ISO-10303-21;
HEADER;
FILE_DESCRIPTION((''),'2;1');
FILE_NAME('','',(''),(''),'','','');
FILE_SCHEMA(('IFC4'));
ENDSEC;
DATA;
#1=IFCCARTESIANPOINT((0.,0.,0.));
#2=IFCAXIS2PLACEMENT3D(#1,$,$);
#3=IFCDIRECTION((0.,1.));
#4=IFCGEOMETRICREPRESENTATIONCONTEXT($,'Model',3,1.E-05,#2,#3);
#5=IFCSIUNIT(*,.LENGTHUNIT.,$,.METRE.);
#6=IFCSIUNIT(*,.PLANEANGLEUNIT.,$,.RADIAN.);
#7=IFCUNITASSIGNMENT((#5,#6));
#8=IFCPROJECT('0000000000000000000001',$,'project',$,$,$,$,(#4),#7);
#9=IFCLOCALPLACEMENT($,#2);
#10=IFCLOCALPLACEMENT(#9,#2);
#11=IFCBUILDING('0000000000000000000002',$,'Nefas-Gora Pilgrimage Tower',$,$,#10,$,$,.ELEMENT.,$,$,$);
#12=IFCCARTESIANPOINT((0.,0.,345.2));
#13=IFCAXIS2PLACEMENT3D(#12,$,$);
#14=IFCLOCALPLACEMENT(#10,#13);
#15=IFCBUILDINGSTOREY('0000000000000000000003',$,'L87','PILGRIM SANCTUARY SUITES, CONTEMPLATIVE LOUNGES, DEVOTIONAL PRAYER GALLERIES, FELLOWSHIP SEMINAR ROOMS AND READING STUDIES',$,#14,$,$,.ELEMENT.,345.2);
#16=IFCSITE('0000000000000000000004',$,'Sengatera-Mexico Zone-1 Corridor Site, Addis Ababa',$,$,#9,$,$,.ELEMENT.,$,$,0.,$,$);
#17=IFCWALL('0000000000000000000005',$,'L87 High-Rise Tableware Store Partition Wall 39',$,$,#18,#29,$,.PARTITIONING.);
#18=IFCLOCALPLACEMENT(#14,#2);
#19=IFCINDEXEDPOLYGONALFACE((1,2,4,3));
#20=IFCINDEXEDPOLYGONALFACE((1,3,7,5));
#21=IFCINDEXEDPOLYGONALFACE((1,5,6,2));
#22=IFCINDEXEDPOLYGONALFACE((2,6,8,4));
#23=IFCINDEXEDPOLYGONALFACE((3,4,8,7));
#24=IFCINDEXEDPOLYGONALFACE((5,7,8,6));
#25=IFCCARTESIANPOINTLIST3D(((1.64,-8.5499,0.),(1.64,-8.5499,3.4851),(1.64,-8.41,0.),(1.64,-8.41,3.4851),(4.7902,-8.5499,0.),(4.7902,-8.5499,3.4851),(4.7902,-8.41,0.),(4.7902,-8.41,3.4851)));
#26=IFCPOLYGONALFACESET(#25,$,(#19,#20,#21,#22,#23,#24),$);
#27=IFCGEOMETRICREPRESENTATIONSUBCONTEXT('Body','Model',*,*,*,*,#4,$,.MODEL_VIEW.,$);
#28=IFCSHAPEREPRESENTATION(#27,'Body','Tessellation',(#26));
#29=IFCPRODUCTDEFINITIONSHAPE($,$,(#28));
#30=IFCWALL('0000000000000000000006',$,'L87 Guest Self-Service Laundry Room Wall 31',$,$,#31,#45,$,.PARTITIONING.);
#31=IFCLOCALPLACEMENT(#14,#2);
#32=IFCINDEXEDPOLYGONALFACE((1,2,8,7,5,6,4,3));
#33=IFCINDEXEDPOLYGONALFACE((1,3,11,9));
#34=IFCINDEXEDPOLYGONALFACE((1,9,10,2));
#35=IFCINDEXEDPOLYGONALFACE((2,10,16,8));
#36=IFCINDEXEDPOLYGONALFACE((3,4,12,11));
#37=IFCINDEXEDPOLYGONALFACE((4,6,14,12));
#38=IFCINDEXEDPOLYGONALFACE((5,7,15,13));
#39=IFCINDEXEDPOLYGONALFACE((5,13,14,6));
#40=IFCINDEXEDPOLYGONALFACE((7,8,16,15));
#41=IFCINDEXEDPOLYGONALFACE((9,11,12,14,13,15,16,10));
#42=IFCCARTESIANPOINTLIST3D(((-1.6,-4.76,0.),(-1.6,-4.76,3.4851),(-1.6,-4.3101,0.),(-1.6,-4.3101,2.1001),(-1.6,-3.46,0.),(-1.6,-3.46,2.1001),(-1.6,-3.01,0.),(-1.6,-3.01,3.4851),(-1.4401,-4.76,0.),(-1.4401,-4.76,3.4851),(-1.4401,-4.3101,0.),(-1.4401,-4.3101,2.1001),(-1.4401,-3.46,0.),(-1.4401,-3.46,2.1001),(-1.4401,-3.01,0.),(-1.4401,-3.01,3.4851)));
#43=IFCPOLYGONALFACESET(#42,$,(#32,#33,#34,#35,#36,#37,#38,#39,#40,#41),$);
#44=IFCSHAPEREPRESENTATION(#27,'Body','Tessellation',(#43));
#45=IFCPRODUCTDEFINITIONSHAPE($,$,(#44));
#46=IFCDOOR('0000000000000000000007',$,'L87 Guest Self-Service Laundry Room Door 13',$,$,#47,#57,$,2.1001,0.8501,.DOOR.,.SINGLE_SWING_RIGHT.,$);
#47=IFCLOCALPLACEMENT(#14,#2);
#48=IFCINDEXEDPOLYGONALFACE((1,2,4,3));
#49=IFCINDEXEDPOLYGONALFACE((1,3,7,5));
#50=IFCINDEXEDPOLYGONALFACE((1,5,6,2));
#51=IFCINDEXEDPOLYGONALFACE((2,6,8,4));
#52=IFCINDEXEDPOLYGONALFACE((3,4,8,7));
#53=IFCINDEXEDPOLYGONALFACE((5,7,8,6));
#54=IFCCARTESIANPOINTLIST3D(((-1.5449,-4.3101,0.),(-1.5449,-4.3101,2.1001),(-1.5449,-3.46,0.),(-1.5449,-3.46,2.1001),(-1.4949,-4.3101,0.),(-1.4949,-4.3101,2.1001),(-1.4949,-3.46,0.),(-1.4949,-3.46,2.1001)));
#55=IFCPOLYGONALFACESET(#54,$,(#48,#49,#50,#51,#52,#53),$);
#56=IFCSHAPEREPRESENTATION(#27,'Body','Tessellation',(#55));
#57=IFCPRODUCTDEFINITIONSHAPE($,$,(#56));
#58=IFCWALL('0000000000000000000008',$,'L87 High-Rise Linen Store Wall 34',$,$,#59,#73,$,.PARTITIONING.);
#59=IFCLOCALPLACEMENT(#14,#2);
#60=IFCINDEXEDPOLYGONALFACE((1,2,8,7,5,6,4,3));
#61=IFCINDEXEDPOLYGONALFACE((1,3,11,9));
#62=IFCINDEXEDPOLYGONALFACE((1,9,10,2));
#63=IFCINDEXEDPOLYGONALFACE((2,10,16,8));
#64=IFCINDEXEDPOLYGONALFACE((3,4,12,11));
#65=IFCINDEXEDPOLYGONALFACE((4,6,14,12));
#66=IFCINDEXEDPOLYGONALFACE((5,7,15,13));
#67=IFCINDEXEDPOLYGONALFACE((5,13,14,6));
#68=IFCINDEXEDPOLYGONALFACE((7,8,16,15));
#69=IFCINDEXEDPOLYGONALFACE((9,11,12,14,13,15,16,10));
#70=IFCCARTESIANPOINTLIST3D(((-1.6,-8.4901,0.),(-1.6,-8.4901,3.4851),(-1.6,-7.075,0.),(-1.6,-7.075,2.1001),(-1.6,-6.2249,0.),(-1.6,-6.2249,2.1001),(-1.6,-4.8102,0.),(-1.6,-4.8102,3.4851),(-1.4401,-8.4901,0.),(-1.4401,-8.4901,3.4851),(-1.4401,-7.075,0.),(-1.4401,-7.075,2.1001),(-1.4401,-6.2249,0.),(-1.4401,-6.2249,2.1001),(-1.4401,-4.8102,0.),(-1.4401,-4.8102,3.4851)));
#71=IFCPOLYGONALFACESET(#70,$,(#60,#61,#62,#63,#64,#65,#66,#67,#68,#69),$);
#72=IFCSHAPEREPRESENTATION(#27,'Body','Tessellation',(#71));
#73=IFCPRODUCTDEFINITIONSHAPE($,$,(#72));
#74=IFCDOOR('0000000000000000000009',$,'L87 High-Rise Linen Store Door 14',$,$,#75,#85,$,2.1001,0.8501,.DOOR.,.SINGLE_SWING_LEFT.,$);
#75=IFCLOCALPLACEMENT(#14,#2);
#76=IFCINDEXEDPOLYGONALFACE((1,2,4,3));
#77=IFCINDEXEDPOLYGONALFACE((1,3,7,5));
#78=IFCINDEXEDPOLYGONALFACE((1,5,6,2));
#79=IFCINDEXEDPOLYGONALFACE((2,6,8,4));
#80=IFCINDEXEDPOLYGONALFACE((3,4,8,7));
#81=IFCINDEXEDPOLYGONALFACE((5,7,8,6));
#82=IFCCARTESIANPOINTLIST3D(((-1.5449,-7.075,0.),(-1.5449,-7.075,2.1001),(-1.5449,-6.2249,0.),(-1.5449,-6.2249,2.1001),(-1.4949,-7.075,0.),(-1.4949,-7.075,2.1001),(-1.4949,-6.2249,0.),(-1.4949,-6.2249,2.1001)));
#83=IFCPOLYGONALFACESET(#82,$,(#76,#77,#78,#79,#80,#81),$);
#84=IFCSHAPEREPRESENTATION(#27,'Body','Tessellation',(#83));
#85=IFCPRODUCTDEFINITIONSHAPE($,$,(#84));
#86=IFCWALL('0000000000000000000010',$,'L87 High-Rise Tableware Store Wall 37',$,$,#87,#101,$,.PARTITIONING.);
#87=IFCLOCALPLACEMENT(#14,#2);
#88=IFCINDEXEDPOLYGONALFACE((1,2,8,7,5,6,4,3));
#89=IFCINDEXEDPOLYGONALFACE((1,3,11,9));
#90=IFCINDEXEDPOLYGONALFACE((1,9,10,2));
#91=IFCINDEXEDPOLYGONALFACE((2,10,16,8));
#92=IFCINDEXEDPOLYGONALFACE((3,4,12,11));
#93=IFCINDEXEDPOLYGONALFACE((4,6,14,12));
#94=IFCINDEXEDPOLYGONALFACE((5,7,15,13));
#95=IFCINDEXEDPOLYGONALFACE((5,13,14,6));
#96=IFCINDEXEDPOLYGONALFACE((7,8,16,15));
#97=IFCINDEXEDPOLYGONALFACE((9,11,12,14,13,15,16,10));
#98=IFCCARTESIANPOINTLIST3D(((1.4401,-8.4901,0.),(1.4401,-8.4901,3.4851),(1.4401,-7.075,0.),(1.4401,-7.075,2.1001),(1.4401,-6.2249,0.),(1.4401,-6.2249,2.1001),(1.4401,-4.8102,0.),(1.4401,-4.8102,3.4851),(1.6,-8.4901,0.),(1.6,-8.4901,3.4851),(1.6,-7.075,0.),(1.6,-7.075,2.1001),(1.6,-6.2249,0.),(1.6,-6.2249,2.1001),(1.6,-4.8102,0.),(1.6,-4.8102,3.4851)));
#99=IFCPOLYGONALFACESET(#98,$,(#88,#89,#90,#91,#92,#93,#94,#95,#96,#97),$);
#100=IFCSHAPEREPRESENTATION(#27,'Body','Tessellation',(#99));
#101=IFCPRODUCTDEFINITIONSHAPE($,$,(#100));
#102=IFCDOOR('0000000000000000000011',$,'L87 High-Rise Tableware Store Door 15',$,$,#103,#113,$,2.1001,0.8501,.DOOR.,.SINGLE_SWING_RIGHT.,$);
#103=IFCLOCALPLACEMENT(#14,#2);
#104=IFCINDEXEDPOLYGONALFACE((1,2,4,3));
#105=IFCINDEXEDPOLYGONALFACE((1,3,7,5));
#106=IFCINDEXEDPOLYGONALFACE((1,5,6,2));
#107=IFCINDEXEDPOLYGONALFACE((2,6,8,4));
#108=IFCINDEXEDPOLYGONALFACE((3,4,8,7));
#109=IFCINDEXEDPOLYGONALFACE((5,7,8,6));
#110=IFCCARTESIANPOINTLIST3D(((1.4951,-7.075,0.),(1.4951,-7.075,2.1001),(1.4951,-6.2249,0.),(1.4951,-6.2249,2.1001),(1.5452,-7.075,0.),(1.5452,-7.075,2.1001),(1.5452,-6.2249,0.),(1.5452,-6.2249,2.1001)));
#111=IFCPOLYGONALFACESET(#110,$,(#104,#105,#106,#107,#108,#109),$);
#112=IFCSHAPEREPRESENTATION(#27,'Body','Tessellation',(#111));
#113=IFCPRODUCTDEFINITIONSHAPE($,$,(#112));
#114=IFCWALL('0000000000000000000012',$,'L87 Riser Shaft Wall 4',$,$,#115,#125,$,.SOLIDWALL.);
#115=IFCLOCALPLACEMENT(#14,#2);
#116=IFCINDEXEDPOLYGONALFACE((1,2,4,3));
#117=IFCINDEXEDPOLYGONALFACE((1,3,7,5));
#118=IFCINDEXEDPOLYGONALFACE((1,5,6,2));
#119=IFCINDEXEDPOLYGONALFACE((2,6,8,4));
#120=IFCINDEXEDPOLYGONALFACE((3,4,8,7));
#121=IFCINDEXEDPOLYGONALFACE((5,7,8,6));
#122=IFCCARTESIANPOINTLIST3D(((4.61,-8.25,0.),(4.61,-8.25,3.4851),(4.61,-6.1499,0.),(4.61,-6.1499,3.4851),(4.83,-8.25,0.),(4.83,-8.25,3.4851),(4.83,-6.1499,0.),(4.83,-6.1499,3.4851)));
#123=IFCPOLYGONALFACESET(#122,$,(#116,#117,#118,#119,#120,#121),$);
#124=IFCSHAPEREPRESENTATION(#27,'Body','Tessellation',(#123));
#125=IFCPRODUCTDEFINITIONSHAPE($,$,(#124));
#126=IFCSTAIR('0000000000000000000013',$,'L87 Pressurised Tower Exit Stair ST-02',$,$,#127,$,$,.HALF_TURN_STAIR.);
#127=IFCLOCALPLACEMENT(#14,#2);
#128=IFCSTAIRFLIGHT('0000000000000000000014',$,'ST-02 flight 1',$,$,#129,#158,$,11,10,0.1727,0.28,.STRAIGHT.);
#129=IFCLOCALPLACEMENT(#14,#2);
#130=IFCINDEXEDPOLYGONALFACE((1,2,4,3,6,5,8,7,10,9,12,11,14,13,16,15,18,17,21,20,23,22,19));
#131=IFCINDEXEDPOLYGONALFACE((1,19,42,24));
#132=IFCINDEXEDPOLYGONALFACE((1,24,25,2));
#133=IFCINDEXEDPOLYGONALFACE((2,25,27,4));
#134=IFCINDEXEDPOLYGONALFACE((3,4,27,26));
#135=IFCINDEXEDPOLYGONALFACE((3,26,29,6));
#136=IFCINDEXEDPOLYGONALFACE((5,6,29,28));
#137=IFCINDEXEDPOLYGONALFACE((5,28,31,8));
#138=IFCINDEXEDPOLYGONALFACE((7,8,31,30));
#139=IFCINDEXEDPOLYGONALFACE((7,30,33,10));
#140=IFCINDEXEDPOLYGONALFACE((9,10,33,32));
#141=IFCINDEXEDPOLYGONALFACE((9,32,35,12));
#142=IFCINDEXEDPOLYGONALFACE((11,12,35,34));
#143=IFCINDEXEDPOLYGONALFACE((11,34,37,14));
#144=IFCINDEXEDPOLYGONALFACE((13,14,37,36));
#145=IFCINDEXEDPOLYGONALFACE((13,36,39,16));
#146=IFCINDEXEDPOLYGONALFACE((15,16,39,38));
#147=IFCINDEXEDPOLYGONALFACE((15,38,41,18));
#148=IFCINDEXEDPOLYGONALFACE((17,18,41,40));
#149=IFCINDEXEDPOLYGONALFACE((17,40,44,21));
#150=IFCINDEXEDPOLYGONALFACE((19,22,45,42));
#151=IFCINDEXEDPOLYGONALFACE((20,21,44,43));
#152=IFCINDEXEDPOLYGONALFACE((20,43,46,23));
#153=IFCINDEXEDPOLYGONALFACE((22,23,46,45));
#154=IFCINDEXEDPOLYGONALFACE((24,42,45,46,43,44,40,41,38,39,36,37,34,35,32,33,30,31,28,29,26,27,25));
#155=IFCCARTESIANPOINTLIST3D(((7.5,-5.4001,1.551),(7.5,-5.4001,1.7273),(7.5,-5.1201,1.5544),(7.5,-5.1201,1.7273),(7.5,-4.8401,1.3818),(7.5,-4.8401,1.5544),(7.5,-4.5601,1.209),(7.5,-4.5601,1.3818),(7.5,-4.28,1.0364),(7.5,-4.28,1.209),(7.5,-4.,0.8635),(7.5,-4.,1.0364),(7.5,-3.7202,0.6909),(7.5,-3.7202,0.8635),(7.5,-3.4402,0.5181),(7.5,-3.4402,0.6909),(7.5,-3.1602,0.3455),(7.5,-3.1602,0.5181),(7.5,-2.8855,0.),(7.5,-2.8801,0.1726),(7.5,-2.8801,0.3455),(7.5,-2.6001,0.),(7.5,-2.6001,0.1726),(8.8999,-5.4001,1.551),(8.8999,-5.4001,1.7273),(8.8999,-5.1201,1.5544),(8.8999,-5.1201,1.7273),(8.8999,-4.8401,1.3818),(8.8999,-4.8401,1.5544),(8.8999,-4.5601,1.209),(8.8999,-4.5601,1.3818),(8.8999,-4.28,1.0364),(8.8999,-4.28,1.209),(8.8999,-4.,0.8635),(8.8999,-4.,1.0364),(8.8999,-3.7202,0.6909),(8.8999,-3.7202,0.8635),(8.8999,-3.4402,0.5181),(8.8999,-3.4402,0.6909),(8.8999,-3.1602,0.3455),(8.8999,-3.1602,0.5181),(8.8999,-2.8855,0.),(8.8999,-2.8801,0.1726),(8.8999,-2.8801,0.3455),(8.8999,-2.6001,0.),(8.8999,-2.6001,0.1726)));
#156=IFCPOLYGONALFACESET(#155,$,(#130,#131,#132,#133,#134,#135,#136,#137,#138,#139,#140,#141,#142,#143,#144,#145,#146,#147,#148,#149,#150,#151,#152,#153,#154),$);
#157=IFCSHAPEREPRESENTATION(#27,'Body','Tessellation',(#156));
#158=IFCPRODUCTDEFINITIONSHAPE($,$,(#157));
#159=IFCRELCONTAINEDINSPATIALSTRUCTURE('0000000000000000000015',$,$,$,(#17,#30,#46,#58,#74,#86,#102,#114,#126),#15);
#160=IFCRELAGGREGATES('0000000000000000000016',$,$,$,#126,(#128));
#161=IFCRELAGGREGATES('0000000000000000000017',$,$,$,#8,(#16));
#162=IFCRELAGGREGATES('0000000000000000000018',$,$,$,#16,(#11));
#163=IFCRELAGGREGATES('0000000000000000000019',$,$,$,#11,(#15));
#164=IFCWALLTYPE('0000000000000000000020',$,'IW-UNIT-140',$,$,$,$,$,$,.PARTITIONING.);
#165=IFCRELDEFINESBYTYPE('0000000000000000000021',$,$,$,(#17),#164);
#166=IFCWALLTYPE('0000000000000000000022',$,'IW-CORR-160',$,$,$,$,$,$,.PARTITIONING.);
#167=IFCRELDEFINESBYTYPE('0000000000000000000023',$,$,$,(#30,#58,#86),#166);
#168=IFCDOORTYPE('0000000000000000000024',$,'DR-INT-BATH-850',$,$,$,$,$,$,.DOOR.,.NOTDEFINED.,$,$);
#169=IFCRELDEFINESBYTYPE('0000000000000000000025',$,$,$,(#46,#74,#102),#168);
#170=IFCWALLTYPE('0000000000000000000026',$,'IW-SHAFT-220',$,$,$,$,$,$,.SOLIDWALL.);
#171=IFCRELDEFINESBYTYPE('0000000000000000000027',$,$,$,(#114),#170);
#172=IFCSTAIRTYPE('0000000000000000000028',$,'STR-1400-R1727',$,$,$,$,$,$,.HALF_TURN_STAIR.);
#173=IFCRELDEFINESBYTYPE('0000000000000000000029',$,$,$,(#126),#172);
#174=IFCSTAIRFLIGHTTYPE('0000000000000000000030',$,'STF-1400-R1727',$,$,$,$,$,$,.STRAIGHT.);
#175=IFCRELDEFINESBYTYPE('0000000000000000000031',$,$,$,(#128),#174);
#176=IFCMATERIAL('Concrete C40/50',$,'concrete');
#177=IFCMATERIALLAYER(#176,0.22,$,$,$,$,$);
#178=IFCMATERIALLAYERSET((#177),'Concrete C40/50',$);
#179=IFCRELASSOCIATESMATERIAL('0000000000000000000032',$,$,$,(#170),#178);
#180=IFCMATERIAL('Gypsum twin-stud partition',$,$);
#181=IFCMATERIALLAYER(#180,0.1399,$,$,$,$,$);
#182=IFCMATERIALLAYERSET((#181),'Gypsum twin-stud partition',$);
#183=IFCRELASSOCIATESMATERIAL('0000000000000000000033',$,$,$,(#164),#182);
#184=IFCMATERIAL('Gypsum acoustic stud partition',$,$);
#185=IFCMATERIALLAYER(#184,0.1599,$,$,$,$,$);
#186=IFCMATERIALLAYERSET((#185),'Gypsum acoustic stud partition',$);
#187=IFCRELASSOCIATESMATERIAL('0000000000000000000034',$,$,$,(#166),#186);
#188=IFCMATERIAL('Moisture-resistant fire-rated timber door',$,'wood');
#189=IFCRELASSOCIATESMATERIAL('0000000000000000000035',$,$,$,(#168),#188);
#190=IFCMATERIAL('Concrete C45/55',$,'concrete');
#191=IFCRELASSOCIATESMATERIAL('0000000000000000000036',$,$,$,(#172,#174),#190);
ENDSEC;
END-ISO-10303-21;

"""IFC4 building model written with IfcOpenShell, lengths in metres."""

from ifc_helpers import new_model, si_unit, direction, frame, frame_2d, origin, place, context, subcontext, project, spatial, polyline, rectangle, outline, extrude, source, transform, mapped, material, layer, layer_set, type_object, element, fill, aggregate, save


model = new_model("IFC4")

# Units and contexts
model_context = context("Model", 3, precision=1e-05, world=origin(), true_north=direction((0.0, 1.0)))
body_context = subcontext(model_context, "Body", "Model", "MODEL_VIEW")
ifc_project = project(units=[si_unit("LENGTHUNIT", "METRE"), si_unit("PLANEANGLEUNIT", "RADIAN")], contexts=[model_context])

# Site, building, storey
site_placement = place(None, origin())
site = spatial("IfcSite", under=ifc_project, at=site_placement, Name="Sengatera-Mexico Zone-1 Corridor Site, Addis Ababa", CompositionType="ELEMENT", RefElevation=0.0)
building_placement = place(site_placement, origin())
building = spatial("IfcBuilding", under=site, at=building_placement, Name="Nefas-Gora Pilgrimage Tower", CompositionType="ELEMENT")
storey_placement = place(building_placement, frame((0.0, 0.0, 345.2)))
storey = spatial("IfcBuildingStorey", under=building, at=storey_placement, Name="L87", Description="PILGRIM SANCTUARY SUITES, CONTEMPLATIVE LOUNGES, DEVOTIONAL PRAYER GALLERIES, FELLOWSHIP SEMINAR ROOMS AND READING STUDIES", CompositionType="ELEMENT", Elevation=345.2)

# Shared definitions
ifc_material_1 = material(Name="Concrete C45/55", Category="concrete")

# Shared definitions
ifc_material_2 = material(Name="Concrete C40/50", Category="concrete")
ifc_layer_1 = layer(ifc_material_2, 0.22)
ifc_layer_set_1 = layer_set([ifc_layer_1], Name="Concrete C40/50")
wall_type_1 = type_object("IfcWallType", Name="IW-SHAFT-220", PredefinedType="SOLIDWALL", material=ifc_layer_set_1)

# Wall
ifc_material_3 = material(Name="Gypsum twin-stud partition")
ifc_layer_2 = layer(ifc_material_3, 0.1399)
ifc_layer_set_2 = layer_set([ifc_layer_2], Name="Gypsum twin-stud partition")
wall_type_2 = type_object("IfcWallType", Name="IW-UNIT-140", PredefinedType="PARTITIONING", material=ifc_layer_set_2)
shared_shape_1 = source(origin(), body_context, "Body", "SweptSolid", [
    extrude(rectangle(XDim=3.1501, YDim=0.1399, at=frame_2d((1.5752, 0.0))), origin(), (0.0, 0.0, 1.0), 3.4851),
])
wall_1_placement = place(storey_placement, frame((1.6399, -8.48, 0.0), z_axis=(0.0, 0.0, 1.0), x_axis=(1.0, 0.0, 0.0)))
element("IfcWall", 1, at=wall_1_placement, inside=storey, type_object=wall_type_2, Name="L87 High-Rise Tableware Store Partition Wall 39", PredefinedType="PARTITIONING", context=body_context, shape_type="MappedRepresentation", body=[
    mapped(shared_shape_1, transform((0.0, 0.0, 0.0), x_axis=(1.0, 0.0, 0.0), y_axis=(0.0, 1.0, 0.0), z_axis=(0.0, 0.0, 1.0), scale=1.0)),
])

# Walls, openings, doors
ifc_material_4 = material(Name="Gypsum acoustic stud partition")
ifc_layer_3 = layer(ifc_material_4, 0.1599)
ifc_layer_set_3 = layer_set([ifc_layer_3], Name="Gypsum acoustic stud partition")
wall_type_3 = type_object("IfcWallType", Name="IW-CORR-160", PredefinedType="PARTITIONING", material=ifc_layer_set_3)
shared_shape_2 = source(origin(), body_context, "Body", "SweptSolid", [
    extrude(rectangle(XDim=1.75, YDim=0.1599, at=frame_2d((0.875, 0.0))), origin(), (0.0, 0.0, 1.0), 3.4851),
])
wall_2_placement = place(storey_placement, frame((-1.52, -4.76, 0.0), z_axis=(0.0, 0.0, 1.0), x_axis=(0.0, 1.0, 0.0)))
wall_2 = element("IfcWall", 2, at=wall_2_placement, inside=storey, type_object=wall_type_3, Name="L87 Guest Self-Service Laundry Room Wall 31", PredefinedType="PARTITIONING", context=body_context, shape_type="MappedRepresentation", body=[
    mapped(shared_shape_2, transform((0.0, 0.0, 0.0), x_axis=(1.0, 0.0, 0.0), y_axis=(0.0, 1.0, 0.0), z_axis=(0.0, 0.0, 1.0), scale=1.0)),
])
opening_1_placement = place(wall_2_placement, frame((0.45, 0.0, 0.0)))
opening_1 = element("IfcOpeningElement", 3, at=opening_1_placement, cuts=wall_2, PredefinedType="OPENING", context=body_context, shape_type="SweptSolid", body=[
    extrude(rectangle(XDim=0.8501, YDim=2.1001, at=frame_2d((0.425, 1.05))), frame((0.0, 0.0898, 0.0), z_axis=(0.0, -1.0, 0.0), x_axis=(1.0, 0.0, 0.0)), (0.0, 0.0, 1.0), 0.1799),
])
ifc_material_5 = material(Name="Moisture-resistant fire-rated timber door", Category="wood")
door_type_1 = type_object("IfcDoorType", Name="DR-INT-BATH-850", OperationType="NOTDEFINED", PredefinedType="DOOR", material=ifc_material_5)
shared_shape_3 = source(origin(), body_context, "Body", "SweptSolid", [
    extrude(rectangle(XDim=0.8501, YDim=2.1001, at=frame_2d((0.425, 1.05))), frame((0.0, 0.0249, 0.0), z_axis=(0.0, -1.0, 0.0), x_axis=(1.0, 0.0, 0.0)), (0.0, 0.0, 1.0), 0.05),
])
door_1_placement = place(opening_1_placement, origin())
door_1 = element("IfcDoor", 4, at=door_1_placement, inside=storey, type_object=door_type_1, Name="L87 Guest Self-Service Laundry Room Door 13", OperationType="SINGLE_SWING_RIGHT", OverallHeight=2.1001, OverallWidth=0.8501, PredefinedType="DOOR", context=body_context, shape_type="MappedRepresentation", body=[
    mapped(shared_shape_3, transform((0.0, 0.0, 0.0), x_axis=(1.0, 0.0, 0.0), y_axis=(0.0, 1.0, 0.0), z_axis=(0.0, 0.0, 1.0), scale=1.0)),
])
fill(opening_1, door_1)
shared_shape_4 = source(origin(), body_context, "Body", "SweptSolid", [
    extrude(rectangle(XDim=3.6799, YDim=0.1599, at=frame_2d((1.8398, 0.0))), origin(), (0.0, 0.0, 1.0), 3.4851),
])
wall_3_placement = place(storey_placement, frame((-1.52, -8.49, 0.0), z_axis=(0.0, 0.0, 1.0), x_axis=(0.0, 1.0, 0.0)))
wall_3 = element("IfcWall", 5, at=wall_3_placement, inside=storey, type_object=wall_type_3, Name="L87 High-Rise Linen Store Wall 34", PredefinedType="PARTITIONING", context=body_context, shape_type="MappedRepresentation", body=[
    mapped(shared_shape_4, transform((0.0, 0.0, 0.0), x_axis=(1.0, 0.0, 0.0), y_axis=(0.0, 1.0, 0.0), z_axis=(0.0, 0.0, 1.0), scale=1.0)),
])
opening_2_placement = place(wall_3_placement, frame((1.415, 0.0, 0.0)))
opening_2 = element("IfcOpeningElement", 6, at=opening_2_placement, cuts=wall_3, PredefinedType="OPENING", context=body_context, shape_type="SweptSolid", body=[
    extrude(rectangle(XDim=0.8501, YDim=2.1001, at=frame_2d((0.425, 1.05))), frame((0.0, 0.0898, 0.0), z_axis=(0.0, -1.0, 0.0), x_axis=(1.0, 0.0, 0.0)), (0.0, 0.0, 1.0), 0.1799),
])
door_2_placement = place(opening_2_placement, origin())
door_2 = element("IfcDoor", 7, at=door_2_placement, inside=storey, type_object=door_type_1, Name="L87 High-Rise Linen Store Door 14", OperationType="SINGLE_SWING_LEFT", OverallHeight=2.1001, OverallWidth=0.8501, PredefinedType="DOOR", context=body_context, shape_type="MappedRepresentation", body=[
    mapped(shared_shape_3, transform((0.0, 0.0, 0.0), x_axis=(1.0, 0.0, 0.0), y_axis=(0.0, 1.0, 0.0), z_axis=(0.0, 0.0, 1.0), scale=1.0)),
])
fill(opening_2, door_2)
wall_4_placement = place(storey_placement, frame((1.52, -8.49, 0.0), z_axis=(0.0, 0.0, 1.0), x_axis=(0.0, 1.0, 0.0)))
wall_4 = element("IfcWall", 8, at=wall_4_placement, inside=storey, type_object=wall_type_3, Name="L87 High-Rise Tableware Store Wall 37", PredefinedType="PARTITIONING", context=body_context, shape_type="MappedRepresentation", body=[
    mapped(shared_shape_4, transform((0.0, 0.0, 0.0), x_axis=(1.0, 0.0, 0.0), y_axis=(0.0, 1.0, 0.0), z_axis=(0.0, 0.0, 1.0), scale=1.0)),
])
opening_3_placement = place(wall_4_placement, frame((1.415, 0.0, 0.0)))
opening_3 = element("IfcOpeningElement", 9, at=opening_3_placement, cuts=wall_4, PredefinedType="OPENING", context=body_context, shape_type="SweptSolid", body=[
    extrude(rectangle(XDim=0.8501, YDim=2.1001, at=frame_2d((0.425, 1.05))), frame((0.0, 0.0898, 0.0), z_axis=(0.0, -1.0, 0.0), x_axis=(1.0, 0.0, 0.0)), (0.0, 0.0, 1.0), 0.1799),
])
door_3_placement = place(opening_3_placement, origin())
door_3 = element("IfcDoor", 10, at=door_3_placement, inside=storey, type_object=door_type_1, Name="L87 High-Rise Tableware Store Door 15", OperationType="SINGLE_SWING_RIGHT", OverallHeight=2.1001, OverallWidth=0.8501, PredefinedType="DOOR", context=body_context, shape_type="MappedRepresentation", body=[
    mapped(shared_shape_3, transform((0.0, 0.0, 0.0), x_axis=(1.0, 0.0, 0.0), y_axis=(0.0, 1.0, 0.0), z_axis=(0.0, 0.0, 1.0), scale=1.0)),
])
fill(opening_3, door_3)

# Wall
shared_shape_5 = source(origin(), body_context, "Body", "SweptSolid", [
    extrude(rectangle(XDim=2.1001, YDim=0.22, at=frame_2d((1.05, 0.0))), origin(), (0.0, 0.0, 1.0), 3.4851),
])
wall_5_placement = place(storey_placement, frame((4.72, -8.25, 0.0), z_axis=(0.0, 0.0, 1.0), x_axis=(0.0, 1.0, 0.0)))
element("IfcWall", 11, at=wall_5_placement, inside=storey, type_object=wall_type_1, Name="L87 Riser Shaft Wall 4", PredefinedType="SOLIDWALL", context=body_context, shape_type="MappedRepresentation", body=[
    mapped(shared_shape_5, transform((0.0, 0.0, 0.0), x_axis=(1.0, 0.0, 0.0), y_axis=(0.0, 1.0, 0.0), z_axis=(0.0, 0.0, 1.0), scale=1.0)),
])

# Stair, stair flight
stair_type = type_object("IfcStairType", Name="STR-1400-R1727", PredefinedType="HALF_TURN_STAIR", material=ifc_material_1)
stair_placement = place(storey_placement, origin())
stair = element("IfcStair", 12, at=stair_placement, inside=storey, type_object=stair_type, Name="L87 Pressurised Tower Exit Stair ST-02", PredefinedType="HALF_TURN_STAIR")
stair_flight_type = type_object("IfcStairFlightType", Name="STF-1400-R1727", PredefinedType="STRAIGHT", material=ifc_material_1)
shared_shape_6 = source(origin(), body_context, "Body", "SweptSolid", [
    extrude(outline(polyline([(0.0, 0.0), (0.0, 0.1726), (0.28, 0.1726), (0.28, 0.3455), (0.5601, 0.3455), (0.5601, 0.5181), (0.8401, 0.5181), (0.8401, 0.6909), (1.1201, 0.6909), (1.1201, 0.8635), (1.3999, 0.8635), (1.3999, 1.0364), (1.6799, 1.0364), (1.6799, 1.209), (1.96, 1.209), (1.96, 1.3818), (2.24, 1.3818), (2.24, 1.5544), (2.52, 1.5544), (2.52, 1.7273), (2.8, 1.7273), (2.8, 1.8999), (2.8, 1.551), (0.2854, 0.0), (0.0, 0.0)])), frame((0.0, 0.7, 0.0), z_axis=(0.0, -1.0, 0.0), x_axis=(1.0, 0.0, 0.0)), (0.0, 0.0, 1.0), 1.3999),
])
stair_flight_placement = place(storey_placement, frame((8.2, -2.6001, 0.0), z_axis=(0.0, 0.0, 1.0), x_axis=(0.0, -1.0, 0.0)))
stair_flight = element("IfcStairFlight", 13, at=stair_flight_placement, type_object=stair_flight_type, Name="ST-02 flight 1", NumberOfRisers=11, NumberOfTreads=10, PredefinedType="STRAIGHT", RiserHeight=0.1727, TreadLength=0.28, context=body_context, shape_type="MappedRepresentation", body=[
    mapped(shared_shape_6, transform((0.0, 0.0, 0.0), x_axis=(1.0, 0.0, 0.0), y_axis=(0.0, 1.0, 0.0), z_axis=(0.0, 0.0, 1.0), scale=1.0)),
])
aggregate(stair, [stair_flight])

save(model, "model.ifc")
